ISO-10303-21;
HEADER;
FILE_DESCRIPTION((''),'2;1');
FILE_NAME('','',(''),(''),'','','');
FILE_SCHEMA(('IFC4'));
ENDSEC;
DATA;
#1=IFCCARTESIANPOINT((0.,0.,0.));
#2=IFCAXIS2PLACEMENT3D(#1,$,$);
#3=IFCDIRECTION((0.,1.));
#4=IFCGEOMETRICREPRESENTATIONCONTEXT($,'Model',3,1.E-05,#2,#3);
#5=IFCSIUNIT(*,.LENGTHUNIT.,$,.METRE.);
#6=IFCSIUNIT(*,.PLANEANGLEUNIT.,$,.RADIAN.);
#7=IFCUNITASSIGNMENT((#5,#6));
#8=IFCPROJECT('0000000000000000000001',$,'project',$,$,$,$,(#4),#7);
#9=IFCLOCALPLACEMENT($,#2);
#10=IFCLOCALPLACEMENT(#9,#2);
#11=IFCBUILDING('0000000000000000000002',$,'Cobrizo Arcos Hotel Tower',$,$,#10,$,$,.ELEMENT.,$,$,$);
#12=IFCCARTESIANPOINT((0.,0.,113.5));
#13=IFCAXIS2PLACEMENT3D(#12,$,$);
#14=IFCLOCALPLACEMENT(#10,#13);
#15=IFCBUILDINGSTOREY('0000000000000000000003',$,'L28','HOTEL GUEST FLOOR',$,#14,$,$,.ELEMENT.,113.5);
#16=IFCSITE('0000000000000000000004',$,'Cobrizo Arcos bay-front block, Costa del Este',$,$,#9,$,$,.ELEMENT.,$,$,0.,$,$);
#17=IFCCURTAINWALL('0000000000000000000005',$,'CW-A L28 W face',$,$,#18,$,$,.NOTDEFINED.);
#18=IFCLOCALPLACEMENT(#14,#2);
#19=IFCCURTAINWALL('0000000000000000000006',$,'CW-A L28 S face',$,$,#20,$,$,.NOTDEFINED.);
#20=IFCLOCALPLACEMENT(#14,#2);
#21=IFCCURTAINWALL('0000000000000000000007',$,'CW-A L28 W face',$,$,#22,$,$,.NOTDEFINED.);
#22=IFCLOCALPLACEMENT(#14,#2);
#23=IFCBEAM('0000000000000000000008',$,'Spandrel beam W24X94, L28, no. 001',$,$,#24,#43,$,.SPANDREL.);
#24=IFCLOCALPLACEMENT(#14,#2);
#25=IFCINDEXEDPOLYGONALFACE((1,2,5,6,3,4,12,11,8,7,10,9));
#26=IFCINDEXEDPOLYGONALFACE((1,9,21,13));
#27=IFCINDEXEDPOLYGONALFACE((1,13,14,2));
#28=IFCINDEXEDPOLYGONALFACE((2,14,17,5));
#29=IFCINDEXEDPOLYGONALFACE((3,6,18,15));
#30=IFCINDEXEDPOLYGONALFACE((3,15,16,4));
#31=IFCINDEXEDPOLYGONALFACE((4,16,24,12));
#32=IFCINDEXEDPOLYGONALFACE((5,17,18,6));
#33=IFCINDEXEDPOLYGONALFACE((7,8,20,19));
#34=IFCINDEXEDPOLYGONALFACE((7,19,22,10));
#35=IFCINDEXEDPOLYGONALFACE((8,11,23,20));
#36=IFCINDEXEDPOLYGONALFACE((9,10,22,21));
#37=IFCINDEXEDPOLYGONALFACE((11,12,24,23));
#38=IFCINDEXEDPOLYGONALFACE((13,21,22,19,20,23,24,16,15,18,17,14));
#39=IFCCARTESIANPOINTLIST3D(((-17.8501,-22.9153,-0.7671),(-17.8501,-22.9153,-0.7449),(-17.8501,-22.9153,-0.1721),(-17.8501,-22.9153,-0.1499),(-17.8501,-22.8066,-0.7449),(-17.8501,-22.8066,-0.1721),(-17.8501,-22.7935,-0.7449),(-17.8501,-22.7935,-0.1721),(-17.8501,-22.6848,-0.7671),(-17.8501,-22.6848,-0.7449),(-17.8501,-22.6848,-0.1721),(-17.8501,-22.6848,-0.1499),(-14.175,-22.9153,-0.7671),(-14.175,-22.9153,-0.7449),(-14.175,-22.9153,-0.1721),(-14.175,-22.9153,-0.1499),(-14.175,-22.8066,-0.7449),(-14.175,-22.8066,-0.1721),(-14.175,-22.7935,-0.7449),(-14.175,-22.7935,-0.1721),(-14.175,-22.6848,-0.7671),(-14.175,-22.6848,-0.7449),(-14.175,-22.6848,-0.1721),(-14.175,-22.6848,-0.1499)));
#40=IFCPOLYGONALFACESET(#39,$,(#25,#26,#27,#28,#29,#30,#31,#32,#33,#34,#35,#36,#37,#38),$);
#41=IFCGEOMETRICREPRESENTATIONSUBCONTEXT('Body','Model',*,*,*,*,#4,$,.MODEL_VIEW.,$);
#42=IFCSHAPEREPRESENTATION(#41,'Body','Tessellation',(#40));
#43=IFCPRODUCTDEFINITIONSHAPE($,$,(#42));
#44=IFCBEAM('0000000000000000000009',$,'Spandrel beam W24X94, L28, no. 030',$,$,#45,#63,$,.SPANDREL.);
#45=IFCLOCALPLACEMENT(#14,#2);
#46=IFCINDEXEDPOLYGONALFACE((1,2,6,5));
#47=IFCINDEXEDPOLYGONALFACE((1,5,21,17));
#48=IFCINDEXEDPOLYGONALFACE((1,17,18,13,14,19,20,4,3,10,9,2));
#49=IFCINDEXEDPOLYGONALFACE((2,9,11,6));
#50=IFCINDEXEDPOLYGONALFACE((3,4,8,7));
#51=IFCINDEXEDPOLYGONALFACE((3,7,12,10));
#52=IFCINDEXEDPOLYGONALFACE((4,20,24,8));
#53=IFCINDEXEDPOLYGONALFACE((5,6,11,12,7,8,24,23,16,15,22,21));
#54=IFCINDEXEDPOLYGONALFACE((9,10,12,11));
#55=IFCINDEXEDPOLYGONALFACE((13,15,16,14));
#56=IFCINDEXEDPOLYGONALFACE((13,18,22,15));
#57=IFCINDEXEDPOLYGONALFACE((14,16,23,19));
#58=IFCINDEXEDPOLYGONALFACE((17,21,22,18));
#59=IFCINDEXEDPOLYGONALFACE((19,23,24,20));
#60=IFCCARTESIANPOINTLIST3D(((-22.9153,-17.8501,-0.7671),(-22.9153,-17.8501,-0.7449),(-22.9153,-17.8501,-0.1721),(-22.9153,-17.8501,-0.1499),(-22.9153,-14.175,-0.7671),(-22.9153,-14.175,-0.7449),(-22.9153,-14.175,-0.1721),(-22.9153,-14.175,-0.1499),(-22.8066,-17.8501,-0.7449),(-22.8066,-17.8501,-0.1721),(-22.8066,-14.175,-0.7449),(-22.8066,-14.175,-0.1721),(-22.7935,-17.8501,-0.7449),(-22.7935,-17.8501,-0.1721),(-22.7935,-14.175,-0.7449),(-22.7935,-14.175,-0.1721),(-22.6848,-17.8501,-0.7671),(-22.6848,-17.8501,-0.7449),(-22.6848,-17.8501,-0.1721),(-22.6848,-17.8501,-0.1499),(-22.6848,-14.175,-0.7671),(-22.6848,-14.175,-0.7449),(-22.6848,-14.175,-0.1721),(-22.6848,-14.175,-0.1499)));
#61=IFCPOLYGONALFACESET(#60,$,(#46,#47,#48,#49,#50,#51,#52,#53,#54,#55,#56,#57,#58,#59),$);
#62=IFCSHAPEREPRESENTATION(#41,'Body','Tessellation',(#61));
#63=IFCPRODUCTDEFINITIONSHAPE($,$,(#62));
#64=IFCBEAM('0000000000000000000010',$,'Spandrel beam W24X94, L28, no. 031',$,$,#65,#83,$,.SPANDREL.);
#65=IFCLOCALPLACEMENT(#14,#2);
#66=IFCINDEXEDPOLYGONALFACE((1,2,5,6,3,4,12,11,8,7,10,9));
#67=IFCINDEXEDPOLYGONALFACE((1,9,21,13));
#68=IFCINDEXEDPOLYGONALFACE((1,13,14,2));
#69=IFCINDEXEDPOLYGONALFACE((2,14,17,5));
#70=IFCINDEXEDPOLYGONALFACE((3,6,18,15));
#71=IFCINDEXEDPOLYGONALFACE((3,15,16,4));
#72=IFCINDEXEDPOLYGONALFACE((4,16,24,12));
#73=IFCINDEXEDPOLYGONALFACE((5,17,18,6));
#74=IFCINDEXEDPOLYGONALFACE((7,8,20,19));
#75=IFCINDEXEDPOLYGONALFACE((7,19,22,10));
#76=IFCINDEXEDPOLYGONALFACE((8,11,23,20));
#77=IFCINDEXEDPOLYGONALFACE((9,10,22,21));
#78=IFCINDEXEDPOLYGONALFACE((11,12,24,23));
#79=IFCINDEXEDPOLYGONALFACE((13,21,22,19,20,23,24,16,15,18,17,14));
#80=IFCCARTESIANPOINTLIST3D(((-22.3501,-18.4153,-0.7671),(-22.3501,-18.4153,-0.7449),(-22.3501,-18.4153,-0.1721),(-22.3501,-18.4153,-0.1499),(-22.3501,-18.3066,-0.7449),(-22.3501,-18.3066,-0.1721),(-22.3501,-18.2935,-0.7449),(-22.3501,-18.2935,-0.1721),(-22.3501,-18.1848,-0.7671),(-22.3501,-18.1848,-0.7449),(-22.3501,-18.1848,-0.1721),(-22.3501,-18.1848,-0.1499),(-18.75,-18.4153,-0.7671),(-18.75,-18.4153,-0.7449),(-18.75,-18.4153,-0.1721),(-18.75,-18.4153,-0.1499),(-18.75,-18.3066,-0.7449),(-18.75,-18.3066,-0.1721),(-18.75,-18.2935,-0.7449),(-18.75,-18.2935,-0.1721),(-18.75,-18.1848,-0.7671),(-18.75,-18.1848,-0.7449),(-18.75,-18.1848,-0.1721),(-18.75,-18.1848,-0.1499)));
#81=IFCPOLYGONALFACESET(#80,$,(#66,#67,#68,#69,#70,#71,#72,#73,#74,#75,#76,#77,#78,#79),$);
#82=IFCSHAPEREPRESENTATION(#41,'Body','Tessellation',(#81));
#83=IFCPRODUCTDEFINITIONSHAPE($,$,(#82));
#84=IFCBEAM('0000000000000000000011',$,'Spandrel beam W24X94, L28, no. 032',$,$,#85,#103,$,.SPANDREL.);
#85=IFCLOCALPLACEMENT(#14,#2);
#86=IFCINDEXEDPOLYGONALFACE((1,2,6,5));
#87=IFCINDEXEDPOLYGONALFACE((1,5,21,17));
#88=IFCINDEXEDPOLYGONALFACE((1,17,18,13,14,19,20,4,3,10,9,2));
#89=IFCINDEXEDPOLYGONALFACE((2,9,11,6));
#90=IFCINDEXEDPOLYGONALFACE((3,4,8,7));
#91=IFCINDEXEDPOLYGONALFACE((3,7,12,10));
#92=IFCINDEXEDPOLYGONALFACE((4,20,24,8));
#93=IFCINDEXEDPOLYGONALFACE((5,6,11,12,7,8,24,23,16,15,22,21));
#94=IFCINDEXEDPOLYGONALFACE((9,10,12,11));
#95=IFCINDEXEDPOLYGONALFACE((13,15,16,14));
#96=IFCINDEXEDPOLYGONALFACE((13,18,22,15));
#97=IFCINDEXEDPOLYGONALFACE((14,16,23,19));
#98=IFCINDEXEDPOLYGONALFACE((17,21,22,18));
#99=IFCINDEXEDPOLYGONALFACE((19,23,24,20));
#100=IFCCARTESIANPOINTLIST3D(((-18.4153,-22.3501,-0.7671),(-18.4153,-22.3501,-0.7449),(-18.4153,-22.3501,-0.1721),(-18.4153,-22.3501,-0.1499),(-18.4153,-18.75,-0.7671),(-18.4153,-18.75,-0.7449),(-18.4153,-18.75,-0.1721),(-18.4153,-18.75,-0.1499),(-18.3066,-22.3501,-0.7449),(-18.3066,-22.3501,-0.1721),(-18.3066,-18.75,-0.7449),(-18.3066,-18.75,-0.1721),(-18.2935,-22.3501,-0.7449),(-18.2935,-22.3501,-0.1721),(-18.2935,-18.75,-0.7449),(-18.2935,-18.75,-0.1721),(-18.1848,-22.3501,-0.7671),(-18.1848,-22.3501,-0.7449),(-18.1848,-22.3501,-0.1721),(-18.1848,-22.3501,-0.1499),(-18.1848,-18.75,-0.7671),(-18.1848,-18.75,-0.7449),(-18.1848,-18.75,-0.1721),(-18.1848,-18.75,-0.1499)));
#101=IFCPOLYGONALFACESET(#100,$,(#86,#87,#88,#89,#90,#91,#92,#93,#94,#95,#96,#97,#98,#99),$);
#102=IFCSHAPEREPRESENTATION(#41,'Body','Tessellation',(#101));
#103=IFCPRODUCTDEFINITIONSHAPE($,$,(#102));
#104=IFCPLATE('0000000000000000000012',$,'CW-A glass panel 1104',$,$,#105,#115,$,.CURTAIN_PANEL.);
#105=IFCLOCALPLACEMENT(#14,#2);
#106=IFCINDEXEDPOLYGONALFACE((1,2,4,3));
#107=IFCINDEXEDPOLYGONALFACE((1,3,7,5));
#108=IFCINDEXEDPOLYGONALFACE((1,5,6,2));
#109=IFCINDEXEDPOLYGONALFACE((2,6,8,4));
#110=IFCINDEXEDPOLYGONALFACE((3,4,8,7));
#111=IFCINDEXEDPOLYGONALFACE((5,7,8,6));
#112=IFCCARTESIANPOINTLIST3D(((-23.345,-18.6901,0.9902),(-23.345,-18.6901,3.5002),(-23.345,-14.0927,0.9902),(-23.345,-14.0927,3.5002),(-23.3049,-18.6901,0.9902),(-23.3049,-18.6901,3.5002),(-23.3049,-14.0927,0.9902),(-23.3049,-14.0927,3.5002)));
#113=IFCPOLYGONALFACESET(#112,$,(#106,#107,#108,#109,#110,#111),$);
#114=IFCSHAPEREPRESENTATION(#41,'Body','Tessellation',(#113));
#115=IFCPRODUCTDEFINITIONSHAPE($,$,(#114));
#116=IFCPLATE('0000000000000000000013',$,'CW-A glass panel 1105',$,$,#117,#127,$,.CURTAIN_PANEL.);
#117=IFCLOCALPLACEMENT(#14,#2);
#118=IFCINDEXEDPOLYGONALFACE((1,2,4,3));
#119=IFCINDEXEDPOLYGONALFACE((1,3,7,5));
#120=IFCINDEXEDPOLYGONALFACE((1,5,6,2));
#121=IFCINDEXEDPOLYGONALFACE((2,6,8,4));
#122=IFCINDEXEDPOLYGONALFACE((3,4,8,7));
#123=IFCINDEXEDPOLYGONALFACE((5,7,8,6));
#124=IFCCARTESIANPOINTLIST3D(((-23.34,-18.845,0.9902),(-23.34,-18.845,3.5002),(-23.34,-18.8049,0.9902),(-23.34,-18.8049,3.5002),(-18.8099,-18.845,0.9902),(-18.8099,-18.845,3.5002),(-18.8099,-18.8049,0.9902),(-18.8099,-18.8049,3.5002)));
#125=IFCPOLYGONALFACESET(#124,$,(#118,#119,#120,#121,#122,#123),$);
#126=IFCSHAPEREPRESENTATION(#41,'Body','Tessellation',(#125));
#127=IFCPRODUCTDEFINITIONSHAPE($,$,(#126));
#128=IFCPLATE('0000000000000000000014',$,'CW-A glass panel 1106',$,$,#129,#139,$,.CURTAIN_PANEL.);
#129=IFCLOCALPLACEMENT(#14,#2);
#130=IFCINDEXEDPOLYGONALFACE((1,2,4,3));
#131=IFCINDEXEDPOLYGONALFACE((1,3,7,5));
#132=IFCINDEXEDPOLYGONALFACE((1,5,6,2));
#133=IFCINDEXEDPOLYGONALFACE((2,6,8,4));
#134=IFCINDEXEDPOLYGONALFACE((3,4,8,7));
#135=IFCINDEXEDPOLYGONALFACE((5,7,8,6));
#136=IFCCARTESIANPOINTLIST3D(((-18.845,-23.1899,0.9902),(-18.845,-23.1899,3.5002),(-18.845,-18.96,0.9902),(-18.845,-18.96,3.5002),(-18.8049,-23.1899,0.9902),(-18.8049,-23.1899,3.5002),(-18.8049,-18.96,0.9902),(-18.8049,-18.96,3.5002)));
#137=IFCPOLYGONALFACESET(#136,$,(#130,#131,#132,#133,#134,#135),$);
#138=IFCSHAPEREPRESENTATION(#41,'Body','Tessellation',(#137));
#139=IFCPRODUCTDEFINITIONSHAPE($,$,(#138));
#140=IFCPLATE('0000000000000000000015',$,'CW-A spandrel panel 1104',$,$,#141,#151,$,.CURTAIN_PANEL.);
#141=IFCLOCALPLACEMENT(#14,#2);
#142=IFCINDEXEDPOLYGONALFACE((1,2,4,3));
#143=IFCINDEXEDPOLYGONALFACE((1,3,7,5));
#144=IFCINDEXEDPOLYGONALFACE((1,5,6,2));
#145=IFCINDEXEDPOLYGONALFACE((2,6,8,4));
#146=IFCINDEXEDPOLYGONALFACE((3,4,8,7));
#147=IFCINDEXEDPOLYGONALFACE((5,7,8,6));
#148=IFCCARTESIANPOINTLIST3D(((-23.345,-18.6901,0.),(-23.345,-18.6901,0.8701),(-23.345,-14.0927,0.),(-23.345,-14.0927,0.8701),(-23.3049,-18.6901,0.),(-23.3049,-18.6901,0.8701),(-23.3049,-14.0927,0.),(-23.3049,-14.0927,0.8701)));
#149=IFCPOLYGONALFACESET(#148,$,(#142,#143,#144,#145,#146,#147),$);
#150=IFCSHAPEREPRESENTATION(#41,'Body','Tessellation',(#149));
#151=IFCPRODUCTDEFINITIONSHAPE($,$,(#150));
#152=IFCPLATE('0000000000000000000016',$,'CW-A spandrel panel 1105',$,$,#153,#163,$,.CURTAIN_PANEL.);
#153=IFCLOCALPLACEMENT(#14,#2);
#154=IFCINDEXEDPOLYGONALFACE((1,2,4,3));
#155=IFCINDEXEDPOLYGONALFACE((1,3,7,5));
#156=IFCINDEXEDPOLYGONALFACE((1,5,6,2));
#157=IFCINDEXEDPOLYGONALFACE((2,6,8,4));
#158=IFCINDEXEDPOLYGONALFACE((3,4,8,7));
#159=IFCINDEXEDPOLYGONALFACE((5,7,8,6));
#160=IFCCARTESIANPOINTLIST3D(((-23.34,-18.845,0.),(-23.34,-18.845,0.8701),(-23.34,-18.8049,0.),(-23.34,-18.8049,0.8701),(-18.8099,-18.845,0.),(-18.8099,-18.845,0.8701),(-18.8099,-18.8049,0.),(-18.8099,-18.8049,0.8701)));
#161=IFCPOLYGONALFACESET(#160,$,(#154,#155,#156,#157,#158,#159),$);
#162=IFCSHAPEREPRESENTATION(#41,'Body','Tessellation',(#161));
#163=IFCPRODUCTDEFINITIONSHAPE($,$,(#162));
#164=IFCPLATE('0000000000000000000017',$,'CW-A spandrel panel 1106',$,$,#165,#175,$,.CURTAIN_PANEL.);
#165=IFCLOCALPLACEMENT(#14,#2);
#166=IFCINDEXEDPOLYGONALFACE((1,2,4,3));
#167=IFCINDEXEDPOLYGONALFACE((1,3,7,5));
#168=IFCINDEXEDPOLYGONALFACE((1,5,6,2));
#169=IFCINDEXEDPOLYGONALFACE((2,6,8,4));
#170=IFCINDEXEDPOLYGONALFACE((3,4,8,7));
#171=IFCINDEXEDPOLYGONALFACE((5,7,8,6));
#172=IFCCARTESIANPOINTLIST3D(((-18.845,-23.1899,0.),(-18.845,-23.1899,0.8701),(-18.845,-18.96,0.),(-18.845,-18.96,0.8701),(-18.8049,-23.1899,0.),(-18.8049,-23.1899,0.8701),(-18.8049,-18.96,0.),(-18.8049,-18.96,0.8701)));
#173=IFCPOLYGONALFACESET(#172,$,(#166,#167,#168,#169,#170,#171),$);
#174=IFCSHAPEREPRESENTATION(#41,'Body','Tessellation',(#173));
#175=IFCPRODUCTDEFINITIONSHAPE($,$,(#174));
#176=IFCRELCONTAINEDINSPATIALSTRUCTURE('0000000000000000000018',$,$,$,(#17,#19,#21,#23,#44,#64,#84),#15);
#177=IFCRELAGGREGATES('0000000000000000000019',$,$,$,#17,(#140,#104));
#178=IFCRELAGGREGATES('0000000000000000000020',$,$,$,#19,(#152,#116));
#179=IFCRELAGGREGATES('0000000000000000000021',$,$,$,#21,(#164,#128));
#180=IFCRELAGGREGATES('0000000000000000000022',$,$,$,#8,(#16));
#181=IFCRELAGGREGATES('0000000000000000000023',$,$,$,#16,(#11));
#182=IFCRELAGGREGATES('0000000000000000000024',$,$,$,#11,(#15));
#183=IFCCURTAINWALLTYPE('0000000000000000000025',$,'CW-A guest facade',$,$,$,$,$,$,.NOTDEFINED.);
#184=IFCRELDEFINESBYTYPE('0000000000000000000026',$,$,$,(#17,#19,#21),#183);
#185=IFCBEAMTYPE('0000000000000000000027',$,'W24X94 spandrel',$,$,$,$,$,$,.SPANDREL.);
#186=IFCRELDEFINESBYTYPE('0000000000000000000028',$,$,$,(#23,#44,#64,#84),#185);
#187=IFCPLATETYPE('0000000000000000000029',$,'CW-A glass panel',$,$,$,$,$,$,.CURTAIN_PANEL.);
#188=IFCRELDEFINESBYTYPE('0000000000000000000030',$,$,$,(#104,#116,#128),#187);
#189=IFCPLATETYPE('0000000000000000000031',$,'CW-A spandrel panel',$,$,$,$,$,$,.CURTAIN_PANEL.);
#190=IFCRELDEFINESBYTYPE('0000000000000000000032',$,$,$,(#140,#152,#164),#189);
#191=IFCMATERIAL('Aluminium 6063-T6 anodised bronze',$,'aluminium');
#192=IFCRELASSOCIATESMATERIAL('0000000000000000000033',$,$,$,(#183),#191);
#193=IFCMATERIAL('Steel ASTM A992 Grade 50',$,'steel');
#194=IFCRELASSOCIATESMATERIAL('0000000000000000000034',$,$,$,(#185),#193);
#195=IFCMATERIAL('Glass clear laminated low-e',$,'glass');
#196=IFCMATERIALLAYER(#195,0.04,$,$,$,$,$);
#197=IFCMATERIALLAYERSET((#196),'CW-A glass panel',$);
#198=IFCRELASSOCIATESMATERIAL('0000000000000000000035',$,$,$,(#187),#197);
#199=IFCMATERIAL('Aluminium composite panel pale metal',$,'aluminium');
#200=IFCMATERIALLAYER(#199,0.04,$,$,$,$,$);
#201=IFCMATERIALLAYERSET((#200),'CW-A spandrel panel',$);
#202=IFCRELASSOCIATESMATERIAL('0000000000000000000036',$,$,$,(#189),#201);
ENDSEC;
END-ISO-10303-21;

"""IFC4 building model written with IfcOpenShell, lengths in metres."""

from ifc_helpers import new_model, si_unit, direction, frame, origin, origin_2d, place, context, subcontext, project, spatial, rectangle, i_section, extrude, material, layer, layer_set, material_profile, profile_set, type_object, element, aggregate, save


model = new_model("IFC4")

# Units and contexts
model_context = context("Model", 3, precision=1e-05, world=origin(), true_north=direction((0.0, 1.0)))
body_context = subcontext(model_context, "Body", "Model", "MODEL_VIEW")
ifc_project = project(units=[si_unit("LENGTHUNIT", "METRE"), si_unit("PLANEANGLEUNIT", "RADIAN")], contexts=[model_context])

# Site, building, storey
site_placement = place(None, origin())
site = spatial("IfcSite", under=ifc_project, at=site_placement, Name="Cobrizo Arcos bay-front block, Costa del Este", CompositionType="ELEMENT", RefElevation=0.0)
building_placement = place(site_placement, origin())
building = spatial("IfcBuilding", under=site, at=building_placement, Name="Cobrizo Arcos Hotel Tower", CompositionType="ELEMENT")
storey_placement = place(building_placement, frame((0.0, 0.0, 113.5)))
storey = spatial("IfcBuildingStorey", under=building, at=storey_placement, Name="L28", Description="HOTEL GUEST FLOOR", CompositionType="ELEMENT", Elevation=113.5)

# Curtain wall
ifc_material_1 = material(Name="Aluminium 6063-T6 anodised bronze", Category="aluminium")
curtain_wall_type = type_object("IfcCurtainWallType", Name="CW-A guest facade", PredefinedType="NOTDEFINED", material=ifc_material_1)
curtain_wall_1_placement = place(storey_placement, origin())
curtain_wall_1 = element("IfcCurtainWall", 1, at=curtain_wall_1_placement, inside=storey, type_object=curtain_wall_type, Name="CW-A L28 W face", PredefinedType="NOTDEFINED")

# Curtain walls
curtain_wall_2_placement = place(storey_placement, origin())
curtain_wall_2 = element("IfcCurtainWall", 2, at=curtain_wall_2_placement, inside=storey, type_object=curtain_wall_type, Name="CW-A L28 S face", PredefinedType="NOTDEFINED")
curtain_wall_3_placement = place(storey_placement, origin())
curtain_wall_3 = element("IfcCurtainWall", 3, at=curtain_wall_3_placement, inside=storey, type_object=curtain_wall_type, Name="CW-A L28 W face", PredefinedType="NOTDEFINED")

# Beams
ifc_material_2 = material(Name="Steel ASTM A992 Grade 50", Category="steel")
ifc_material_profile_1 = material_profile(ifc_material_2, i_section(OverallWidth=0.2305, OverallDepth=0.6172, WebThickness=0.0132, FlangeThickness=0.0222, at=origin_2d()), Name="W24X94")
ifc_profile_set_1 = profile_set([ifc_material_profile_1], Name="Steel ASTM A992 Grade 50")
beam_type_1 = type_object("IfcBeamType", Name="W24X94 spandrel", PredefinedType="SPANDREL", material=ifc_profile_set_1)
for number, where, z_axis, x_axis, name in (
    (4, (-17.8501, -22.8, -0.4585), (1.0, 0.0, 0.0), (0.0, 1.0, 0.0), "Spandrel beam W24X94, L28, no. 001"),
    (5, (-22.8, -14.175, -0.4585), (0.0, -1.0, 0.0), (1.0, 0.0, 0.0), "Spandrel beam W24X94, L28, no. 030"),
):
    element("IfcBeam", number, at=place(storey_placement, frame(where, z_axis=z_axis, x_axis=x_axis)), inside=storey, type_object=beam_type_1, Name=name, PredefinedType="SPANDREL", context=body_context, shape_type="SweptSolid", body=[
        extrude(i_section(OverallWidth=0.2305, OverallDepth=0.6172, WebThickness=0.0132, FlangeThickness=0.0222, at=origin_2d()), origin(), (0.0, 0.0, 1.0), 3.675),
    ])
for number, where, z_axis, x_axis, name in (
    (6, (-22.3501, -18.3, -0.4585), (1.0, 0.0, 0.0), (0.0, 1.0, 0.0), "Spandrel beam W24X94, L28, no. 031"),
    (7, (-18.3, -18.75, -0.4585), (0.0, -1.0, 0.0), (1.0, 0.0, 0.0), "Spandrel beam W24X94, L28, no. 032"),
):
    element("IfcBeam", number, at=place(storey_placement, frame(where, z_axis=z_axis, x_axis=x_axis)), inside=storey, type_object=beam_type_1, Name=name, PredefinedType="SPANDREL", context=body_context, shape_type="SweptSolid", body=[
        extrude(i_section(OverallWidth=0.2305, OverallDepth=0.6172, WebThickness=0.0132, FlangeThickness=0.0222, at=origin_2d()), origin(), (0.0, 0.0, 1.0), 3.6001),
    ])

# Plates
ifc_material_3 = material(Name="Glass clear laminated low-e", Category="glass")
ifc_layer_1 = layer(ifc_material_3, 0.04)
ifc_layer_set_1 = layer_set([ifc_layer_1], Name="CW-A glass panel")
plate_type_1 = type_object("IfcPlateType", Name="CW-A glass panel", PredefinedType="CURTAIN_PANEL", material=ifc_layer_set_1)
plate_1_placement = place(storey_placement, frame((-23.325, -16.3914, 0.9902), z_axis=(0.0, 0.0, 1.0), x_axis=(0.0, -1.0, 0.0)))
plate_1 = element("IfcPlate", 8, at=plate_1_placement, type_object=plate_type_1, Name="CW-A glass panel 1104", PredefinedType="CURTAIN_PANEL", context=body_context, shape_type="SweptSolid", body=[
    extrude(rectangle(XDim=4.5974, YDim=0.04, at=origin_2d()), origin(), (0.0, 0.0, 1.0), 2.51),
])
plate_2_placement = place(storey_placement, frame((-21.075, -18.825, 0.9902), z_axis=(0.0, 0.0, 1.0), x_axis=(1.0, 0.0, 0.0)))
plate_2 = element("IfcPlate", 9, at=plate_2_placement, type_object=plate_type_1, Name="CW-A glass panel 1105", PredefinedType="CURTAIN_PANEL", context=body_context, shape_type="SweptSolid", body=[
    extrude(rectangle(XDim=4.53, YDim=0.04, at=origin_2d()), origin(), (0.0, 0.0, 1.0), 2.51),
])
plate_3_placement = place(storey_placement, frame((-18.825, -21.075, 0.9902), z_axis=(0.0, 0.0, 1.0), x_axis=(0.0, -1.0, 0.0)))
plate_3 = element("IfcPlate", 10, at=plate_3_placement, type_object=plate_type_1, Name="CW-A glass panel 1106", PredefinedType="CURTAIN_PANEL", context=body_context, shape_type="SweptSolid", body=[
    extrude(rectangle(XDim=4.23, YDim=0.04, at=origin_2d()), origin(), (0.0, 0.0, 1.0), 2.51),
])
ifc_material_4 = material(Name="Aluminium composite panel pale metal", Category="aluminium")
ifc_layer_2 = layer(ifc_material_4, 0.04)
ifc_layer_set_2 = layer_set([ifc_layer_2], Name="CW-A spandrel panel")
plate_type_2 = type_object("IfcPlateType", Name="CW-A spandrel panel", PredefinedType="CURTAIN_PANEL", material=ifc_layer_set_2)
plate_4_placement = place(storey_placement, frame((-23.325, -16.3914, 0.0), z_axis=(0.0, 0.0, 1.0), x_axis=(0.0, -1.0, 0.0)))
plate_4 = element("IfcPlate", 11, at=plate_4_placement, type_object=plate_type_2, Name="CW-A spandrel panel 1104", PredefinedType="CURTAIN_PANEL", context=body_context, shape_type="SweptSolid", body=[
    extrude(rectangle(XDim=4.5974, YDim=0.04, at=origin_2d()), origin(), (0.0, 0.0, 1.0), 0.8701),
])
aggregate(curtain_wall_1, [plate_4, plate_1])
plate_5_placement = place(storey_placement, frame((-21.075, -18.825, 0.0), z_axis=(0.0, 0.0, 1.0), x_axis=(1.0, 0.0, 0.0)))
plate_5 = element("IfcPlate", 12, at=plate_5_placement, type_object=plate_type_2, Name="CW-A spandrel panel 1105", PredefinedType="CURTAIN_PANEL", context=body_context, shape_type="SweptSolid", body=[
    extrude(rectangle(XDim=4.53, YDim=0.04, at=origin_2d()), origin(), (0.0, 0.0, 1.0), 0.8701),
])
aggregate(curtain_wall_2, [plate_5, plate_2])
plate_6_placement = place(storey_placement, frame((-18.825, -21.075, 0.0), z_axis=(0.0, 0.0, 1.0), x_axis=(0.0, -1.0, 0.0)))
plate_6 = element("IfcPlate", 13, at=plate_6_placement, type_object=plate_type_2, Name="CW-A spandrel panel 1106", PredefinedType="CURTAIN_PANEL", context=body_context, shape_type="SweptSolid", body=[
    extrude(rectangle(XDim=4.23, YDim=0.04, at=origin_2d()), origin(), (0.0, 0.0, 1.0), 0.8701),
])
aggregate(curtain_wall_3, [plate_6, plate_3])

save(model, "model.ifc")
